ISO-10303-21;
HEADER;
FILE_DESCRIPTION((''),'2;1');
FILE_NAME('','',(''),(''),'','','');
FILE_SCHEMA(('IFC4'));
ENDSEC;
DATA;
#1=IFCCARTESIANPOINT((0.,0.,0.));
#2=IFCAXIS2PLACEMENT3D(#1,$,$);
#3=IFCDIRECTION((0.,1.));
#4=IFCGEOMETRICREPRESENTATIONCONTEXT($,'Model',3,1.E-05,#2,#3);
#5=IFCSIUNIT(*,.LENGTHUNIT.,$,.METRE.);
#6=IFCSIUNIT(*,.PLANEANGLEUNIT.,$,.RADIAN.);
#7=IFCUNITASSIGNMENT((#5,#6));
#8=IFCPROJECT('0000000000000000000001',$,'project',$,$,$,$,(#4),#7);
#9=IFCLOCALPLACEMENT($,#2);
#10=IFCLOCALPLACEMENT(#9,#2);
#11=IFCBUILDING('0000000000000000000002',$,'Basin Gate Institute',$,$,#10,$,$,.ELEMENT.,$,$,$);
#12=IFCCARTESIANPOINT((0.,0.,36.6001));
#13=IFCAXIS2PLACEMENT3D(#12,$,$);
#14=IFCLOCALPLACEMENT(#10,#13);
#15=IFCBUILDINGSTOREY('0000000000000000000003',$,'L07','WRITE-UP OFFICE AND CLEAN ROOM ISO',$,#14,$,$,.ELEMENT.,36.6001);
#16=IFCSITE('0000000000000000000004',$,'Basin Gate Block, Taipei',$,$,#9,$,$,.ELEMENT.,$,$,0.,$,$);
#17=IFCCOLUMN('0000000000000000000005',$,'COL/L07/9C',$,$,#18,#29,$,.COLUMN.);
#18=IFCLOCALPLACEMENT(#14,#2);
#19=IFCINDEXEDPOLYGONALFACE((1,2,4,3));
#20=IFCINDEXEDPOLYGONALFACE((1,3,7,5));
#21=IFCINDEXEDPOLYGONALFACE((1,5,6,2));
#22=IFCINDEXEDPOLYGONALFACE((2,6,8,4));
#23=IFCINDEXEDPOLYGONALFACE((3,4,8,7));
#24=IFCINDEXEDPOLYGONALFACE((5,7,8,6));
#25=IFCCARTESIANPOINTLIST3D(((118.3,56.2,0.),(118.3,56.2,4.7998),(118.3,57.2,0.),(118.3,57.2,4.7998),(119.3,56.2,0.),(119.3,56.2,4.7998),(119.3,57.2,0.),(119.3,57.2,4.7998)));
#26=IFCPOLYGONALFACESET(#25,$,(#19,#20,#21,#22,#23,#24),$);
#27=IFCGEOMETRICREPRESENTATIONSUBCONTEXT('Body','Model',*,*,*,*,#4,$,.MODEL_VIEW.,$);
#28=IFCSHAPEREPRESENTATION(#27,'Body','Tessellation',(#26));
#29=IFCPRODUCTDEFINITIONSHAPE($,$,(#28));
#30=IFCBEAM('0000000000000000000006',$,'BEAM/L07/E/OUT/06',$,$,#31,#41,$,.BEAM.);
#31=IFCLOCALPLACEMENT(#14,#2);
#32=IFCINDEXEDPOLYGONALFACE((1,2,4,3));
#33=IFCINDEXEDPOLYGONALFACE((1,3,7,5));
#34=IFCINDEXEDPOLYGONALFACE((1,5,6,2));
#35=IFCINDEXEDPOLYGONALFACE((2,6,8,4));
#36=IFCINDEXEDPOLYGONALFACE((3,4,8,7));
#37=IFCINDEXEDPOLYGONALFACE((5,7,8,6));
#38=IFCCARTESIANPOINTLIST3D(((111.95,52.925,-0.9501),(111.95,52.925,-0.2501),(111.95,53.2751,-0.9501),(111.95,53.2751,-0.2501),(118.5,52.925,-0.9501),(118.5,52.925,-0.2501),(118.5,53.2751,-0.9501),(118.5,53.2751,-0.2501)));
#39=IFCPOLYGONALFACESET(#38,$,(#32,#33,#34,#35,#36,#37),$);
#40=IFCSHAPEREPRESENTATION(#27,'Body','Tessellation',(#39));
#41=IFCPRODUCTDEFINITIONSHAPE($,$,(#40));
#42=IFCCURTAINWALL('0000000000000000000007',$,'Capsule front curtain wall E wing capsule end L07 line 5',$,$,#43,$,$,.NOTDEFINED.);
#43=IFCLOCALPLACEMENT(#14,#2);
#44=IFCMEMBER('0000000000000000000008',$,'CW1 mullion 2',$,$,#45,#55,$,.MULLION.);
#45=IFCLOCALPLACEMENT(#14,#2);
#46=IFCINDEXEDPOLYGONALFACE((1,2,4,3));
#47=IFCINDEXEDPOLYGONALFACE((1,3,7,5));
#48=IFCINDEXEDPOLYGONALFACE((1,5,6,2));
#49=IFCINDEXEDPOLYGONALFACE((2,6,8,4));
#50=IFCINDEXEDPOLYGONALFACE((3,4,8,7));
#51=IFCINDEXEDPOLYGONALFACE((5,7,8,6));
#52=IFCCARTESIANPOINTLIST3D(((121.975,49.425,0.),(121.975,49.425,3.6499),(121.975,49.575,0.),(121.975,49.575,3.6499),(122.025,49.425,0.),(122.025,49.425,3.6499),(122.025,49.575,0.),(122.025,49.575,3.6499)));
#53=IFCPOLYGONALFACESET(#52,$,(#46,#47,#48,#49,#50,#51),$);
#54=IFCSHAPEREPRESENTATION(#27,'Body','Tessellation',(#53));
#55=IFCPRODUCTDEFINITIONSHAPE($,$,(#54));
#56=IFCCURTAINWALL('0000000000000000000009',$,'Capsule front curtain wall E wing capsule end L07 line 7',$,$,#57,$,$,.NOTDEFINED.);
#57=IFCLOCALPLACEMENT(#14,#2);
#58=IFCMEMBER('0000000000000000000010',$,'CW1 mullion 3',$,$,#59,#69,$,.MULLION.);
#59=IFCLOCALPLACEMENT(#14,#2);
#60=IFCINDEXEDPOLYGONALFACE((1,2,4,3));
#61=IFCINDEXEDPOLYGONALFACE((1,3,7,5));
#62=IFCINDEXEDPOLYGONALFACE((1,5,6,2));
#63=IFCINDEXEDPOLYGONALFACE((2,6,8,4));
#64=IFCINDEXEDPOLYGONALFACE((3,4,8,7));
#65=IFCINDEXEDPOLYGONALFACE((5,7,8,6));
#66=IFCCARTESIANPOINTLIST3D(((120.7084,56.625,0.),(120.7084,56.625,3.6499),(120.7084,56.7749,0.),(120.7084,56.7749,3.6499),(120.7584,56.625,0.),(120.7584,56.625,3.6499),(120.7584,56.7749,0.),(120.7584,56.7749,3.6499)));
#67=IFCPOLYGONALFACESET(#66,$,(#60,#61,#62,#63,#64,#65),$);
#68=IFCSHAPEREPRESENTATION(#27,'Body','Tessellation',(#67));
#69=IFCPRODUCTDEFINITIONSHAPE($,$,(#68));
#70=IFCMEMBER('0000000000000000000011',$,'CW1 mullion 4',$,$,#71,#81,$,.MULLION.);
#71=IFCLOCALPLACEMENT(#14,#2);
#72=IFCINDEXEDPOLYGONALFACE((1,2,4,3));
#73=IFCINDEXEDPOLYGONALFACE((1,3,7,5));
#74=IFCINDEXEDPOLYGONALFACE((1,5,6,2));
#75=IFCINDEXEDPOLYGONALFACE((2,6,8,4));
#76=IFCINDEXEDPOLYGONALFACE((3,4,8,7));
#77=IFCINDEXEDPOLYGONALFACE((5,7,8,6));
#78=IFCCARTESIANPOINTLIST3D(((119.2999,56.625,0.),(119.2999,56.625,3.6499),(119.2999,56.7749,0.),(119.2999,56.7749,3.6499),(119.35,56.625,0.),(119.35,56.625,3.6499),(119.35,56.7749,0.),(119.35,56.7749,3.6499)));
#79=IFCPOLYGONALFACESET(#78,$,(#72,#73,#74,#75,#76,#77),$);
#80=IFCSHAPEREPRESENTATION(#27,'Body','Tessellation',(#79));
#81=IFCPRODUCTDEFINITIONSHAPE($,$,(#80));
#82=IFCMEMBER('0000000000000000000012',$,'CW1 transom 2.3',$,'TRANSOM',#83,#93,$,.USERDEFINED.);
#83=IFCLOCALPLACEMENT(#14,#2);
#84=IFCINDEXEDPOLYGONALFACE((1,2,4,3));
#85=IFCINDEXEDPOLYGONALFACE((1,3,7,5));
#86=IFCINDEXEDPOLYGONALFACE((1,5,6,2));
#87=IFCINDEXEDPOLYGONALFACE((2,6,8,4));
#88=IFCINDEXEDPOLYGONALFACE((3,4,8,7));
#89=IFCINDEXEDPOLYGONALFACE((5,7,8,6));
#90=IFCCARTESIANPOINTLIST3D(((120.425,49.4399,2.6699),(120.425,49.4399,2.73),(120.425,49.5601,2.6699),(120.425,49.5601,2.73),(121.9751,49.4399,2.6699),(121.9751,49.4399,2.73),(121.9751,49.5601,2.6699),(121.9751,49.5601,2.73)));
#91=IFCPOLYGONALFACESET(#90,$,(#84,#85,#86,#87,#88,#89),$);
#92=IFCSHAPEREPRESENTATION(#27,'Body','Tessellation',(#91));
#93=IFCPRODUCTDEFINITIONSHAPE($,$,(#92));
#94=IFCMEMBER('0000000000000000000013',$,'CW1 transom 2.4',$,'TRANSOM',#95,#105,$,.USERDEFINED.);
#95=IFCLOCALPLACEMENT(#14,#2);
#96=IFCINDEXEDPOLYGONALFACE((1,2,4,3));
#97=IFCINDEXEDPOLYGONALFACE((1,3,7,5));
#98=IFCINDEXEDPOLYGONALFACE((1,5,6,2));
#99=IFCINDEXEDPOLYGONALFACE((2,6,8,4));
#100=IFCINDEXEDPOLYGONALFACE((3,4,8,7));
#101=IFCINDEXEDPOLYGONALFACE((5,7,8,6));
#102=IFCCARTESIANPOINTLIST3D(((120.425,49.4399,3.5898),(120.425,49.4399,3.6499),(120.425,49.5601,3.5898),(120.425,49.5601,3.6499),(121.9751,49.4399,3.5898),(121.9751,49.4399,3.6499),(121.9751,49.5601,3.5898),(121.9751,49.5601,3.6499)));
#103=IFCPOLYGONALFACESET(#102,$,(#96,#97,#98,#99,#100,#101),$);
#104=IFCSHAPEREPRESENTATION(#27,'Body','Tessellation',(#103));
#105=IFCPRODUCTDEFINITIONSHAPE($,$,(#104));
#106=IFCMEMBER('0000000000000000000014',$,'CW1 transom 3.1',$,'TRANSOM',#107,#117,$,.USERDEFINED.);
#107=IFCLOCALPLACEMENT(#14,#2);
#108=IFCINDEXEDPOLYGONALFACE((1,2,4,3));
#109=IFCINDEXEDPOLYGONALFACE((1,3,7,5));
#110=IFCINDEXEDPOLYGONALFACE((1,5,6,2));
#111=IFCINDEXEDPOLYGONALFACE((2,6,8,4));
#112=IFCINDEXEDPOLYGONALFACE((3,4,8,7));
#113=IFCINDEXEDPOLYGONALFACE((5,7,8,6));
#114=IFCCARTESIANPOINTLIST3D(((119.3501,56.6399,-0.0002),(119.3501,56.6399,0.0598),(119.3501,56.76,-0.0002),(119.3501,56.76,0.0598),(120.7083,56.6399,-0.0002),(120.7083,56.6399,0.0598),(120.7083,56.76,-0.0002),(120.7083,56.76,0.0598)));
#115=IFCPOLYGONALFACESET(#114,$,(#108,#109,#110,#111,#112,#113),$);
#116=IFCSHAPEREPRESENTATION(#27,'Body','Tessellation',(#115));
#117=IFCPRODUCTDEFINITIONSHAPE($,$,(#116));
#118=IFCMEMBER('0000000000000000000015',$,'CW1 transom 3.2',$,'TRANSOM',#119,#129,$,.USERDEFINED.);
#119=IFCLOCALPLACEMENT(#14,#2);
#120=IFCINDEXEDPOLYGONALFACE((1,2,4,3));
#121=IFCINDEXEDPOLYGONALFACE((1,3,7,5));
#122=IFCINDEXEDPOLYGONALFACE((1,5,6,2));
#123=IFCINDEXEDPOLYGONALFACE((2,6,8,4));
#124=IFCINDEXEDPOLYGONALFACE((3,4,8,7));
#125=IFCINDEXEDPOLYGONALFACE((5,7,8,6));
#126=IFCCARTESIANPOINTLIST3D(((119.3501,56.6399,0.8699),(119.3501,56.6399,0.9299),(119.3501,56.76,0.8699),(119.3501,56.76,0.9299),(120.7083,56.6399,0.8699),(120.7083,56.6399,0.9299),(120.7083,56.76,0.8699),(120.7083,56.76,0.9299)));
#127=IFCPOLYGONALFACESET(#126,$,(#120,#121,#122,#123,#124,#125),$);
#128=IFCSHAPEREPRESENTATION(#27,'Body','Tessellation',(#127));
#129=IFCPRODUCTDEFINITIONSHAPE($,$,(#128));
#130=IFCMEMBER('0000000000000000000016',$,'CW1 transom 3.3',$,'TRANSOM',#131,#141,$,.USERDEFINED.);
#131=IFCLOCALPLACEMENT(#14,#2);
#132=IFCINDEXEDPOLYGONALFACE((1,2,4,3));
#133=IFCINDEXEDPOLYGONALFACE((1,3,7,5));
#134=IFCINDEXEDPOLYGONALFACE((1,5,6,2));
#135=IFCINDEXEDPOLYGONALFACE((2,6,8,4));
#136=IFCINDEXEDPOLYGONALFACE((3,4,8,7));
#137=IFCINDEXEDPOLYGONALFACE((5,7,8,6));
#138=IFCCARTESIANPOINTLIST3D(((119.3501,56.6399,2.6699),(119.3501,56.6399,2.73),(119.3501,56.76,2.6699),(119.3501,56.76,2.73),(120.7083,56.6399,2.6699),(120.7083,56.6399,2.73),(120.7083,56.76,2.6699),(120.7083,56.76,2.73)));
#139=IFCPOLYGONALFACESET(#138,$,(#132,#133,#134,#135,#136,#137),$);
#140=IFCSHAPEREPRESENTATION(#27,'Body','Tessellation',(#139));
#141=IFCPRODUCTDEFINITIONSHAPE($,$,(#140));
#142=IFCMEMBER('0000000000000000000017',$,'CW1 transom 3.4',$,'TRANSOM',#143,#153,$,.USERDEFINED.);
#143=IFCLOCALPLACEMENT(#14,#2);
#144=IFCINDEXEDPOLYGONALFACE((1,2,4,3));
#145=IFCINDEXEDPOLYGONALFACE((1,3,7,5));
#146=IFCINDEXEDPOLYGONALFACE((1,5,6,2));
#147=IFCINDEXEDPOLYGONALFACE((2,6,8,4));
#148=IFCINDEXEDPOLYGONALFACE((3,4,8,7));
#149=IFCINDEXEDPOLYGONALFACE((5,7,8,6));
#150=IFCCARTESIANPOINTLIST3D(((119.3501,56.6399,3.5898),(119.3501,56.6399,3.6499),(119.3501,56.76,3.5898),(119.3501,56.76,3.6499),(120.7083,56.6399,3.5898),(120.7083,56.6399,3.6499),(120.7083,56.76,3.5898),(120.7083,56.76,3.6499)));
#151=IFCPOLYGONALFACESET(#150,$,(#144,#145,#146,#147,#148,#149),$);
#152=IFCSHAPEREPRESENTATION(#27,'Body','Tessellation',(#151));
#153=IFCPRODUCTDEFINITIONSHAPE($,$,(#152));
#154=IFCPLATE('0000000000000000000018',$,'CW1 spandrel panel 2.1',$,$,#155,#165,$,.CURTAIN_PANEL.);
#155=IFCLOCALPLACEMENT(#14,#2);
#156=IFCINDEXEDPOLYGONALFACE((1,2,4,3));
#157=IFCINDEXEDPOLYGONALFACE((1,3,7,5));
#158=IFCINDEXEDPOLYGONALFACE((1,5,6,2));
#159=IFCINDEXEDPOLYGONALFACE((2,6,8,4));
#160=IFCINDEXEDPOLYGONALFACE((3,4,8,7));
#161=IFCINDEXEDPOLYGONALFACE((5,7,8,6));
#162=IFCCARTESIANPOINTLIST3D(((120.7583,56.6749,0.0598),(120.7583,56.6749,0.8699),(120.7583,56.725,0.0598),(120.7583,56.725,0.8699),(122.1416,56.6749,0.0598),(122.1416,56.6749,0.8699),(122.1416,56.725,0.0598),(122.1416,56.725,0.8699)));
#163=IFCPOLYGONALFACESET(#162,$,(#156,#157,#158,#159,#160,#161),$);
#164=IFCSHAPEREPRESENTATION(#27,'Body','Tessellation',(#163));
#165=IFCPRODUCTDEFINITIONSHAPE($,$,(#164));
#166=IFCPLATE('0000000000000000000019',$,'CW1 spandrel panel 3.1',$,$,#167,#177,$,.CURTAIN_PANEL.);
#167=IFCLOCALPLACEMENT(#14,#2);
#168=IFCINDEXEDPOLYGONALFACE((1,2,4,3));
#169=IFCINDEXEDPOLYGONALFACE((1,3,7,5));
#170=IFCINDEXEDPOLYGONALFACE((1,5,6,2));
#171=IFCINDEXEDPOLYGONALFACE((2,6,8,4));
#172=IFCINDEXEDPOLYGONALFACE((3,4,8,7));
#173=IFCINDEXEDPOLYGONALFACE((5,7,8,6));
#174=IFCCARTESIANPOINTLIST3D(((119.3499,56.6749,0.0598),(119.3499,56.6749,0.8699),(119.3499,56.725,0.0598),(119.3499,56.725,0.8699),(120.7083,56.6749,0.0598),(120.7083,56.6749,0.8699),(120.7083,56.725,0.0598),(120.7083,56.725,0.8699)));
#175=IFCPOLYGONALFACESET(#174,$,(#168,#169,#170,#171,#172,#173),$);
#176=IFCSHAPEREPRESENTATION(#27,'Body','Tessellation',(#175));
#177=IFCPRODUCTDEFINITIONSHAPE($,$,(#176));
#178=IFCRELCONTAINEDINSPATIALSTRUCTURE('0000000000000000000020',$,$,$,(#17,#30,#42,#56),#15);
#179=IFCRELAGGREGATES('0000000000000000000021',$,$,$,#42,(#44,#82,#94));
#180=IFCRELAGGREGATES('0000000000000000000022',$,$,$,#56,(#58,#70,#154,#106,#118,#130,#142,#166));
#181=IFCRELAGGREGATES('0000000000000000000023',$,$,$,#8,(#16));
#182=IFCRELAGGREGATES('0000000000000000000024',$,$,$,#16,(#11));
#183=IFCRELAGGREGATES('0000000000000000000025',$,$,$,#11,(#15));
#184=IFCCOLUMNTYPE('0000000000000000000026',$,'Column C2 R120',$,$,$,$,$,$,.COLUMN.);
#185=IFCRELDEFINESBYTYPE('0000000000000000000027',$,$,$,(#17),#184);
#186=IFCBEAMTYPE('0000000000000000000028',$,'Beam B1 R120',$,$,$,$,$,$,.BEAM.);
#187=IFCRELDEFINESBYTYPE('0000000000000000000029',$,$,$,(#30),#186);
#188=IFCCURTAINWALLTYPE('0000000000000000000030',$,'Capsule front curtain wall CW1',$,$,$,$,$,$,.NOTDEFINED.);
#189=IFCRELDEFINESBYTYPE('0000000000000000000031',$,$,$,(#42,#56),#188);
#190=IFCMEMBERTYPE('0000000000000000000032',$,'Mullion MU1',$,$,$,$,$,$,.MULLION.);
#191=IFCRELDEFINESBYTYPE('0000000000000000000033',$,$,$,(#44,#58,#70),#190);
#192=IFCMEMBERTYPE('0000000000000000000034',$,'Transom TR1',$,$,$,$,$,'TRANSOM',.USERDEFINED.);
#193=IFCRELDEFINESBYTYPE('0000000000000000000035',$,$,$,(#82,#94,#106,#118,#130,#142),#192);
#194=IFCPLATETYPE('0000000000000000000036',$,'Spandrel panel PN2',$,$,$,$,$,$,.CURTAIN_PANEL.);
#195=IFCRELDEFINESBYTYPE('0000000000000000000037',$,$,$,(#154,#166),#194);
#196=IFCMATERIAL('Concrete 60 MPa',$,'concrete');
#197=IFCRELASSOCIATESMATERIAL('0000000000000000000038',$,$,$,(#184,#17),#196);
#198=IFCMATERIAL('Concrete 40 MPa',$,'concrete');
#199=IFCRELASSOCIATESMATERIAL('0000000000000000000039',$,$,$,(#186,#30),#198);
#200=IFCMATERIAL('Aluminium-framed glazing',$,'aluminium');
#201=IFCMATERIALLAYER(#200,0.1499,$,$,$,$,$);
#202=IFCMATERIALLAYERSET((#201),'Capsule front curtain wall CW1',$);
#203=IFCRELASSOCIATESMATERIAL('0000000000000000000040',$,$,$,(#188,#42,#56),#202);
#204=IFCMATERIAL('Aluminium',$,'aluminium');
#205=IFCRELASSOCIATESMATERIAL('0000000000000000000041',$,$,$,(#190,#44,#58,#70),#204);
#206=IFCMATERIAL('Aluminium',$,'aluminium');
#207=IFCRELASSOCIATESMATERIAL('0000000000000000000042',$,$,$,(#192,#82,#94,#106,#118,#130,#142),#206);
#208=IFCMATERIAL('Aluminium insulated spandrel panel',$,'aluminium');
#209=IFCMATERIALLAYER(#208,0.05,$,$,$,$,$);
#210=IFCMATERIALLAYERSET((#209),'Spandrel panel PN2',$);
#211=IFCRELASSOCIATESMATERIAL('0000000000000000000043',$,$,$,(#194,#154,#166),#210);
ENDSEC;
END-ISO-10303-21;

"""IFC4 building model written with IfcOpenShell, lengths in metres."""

from ifc_helpers import new_model, si_unit, direction, frame, origin, origin_2d, place, context, subcontext, project, spatial, rectangle, extrude, material, layer, layer_set, material_profile, profile_set, type_object, element, aggregate, save


model = new_model("IFC4")

# Units and contexts
model_context = context("Model", 3, precision=1e-05, world=origin(), true_north=direction((0.0, 1.0)))
body_context = subcontext(model_context, "Body", "Model", "MODEL_VIEW")
ifc_project = project(units=[si_unit("LENGTHUNIT", "METRE"), si_unit("PLANEANGLEUNIT", "RADIAN")], contexts=[model_context])

# Site, building, storey
site_placement = place(None, origin())
site = spatial("IfcSite", under=ifc_project, at=site_placement, Name="Basin Gate Block, Taipei", CompositionType="ELEMENT", RefElevation=0.0)
building_placement = place(site_placement, origin())
building = spatial("IfcBuilding", under=site, at=building_placement, Name="Basin Gate Institute", CompositionType="ELEMENT")
storey_placement = place(building_placement, frame((0.0, 0.0, 36.6001)))
storey = spatial("IfcBuildingStorey", under=building, at=storey_placement, Name="L07", Description="WRITE-UP OFFICE AND CLEAN ROOM ISO", CompositionType="ELEMENT", Elevation=36.6001)

# Column
ifc_material_1 = material(Name="Concrete 60 MPa", Category="concrete")
ifc_material_profile_1 = material_profile(ifc_material_1, rectangle(XDim=1.0, YDim=1.0, at=origin_2d()), Name="Column C2 1000 x 1000")
ifc_profile_set_1 = profile_set([ifc_material_profile_1], Name="Concrete 60 MPa")
column_type = type_object("IfcColumnType", Name="Column C2 R120", PredefinedType="COLUMN", material=ifc_profile_set_1)
column_placement = place(storey_placement, frame((118.8, 56.7, 0.0), z_axis=(0.0, 0.0, 1.0), x_axis=(1.0, 0.0, 0.0)))
element("IfcColumn", 1, at=column_placement, inside=storey, type_object=column_type, material=ifc_profile_set_1, Name="COL/L07/9C", PredefinedType="COLUMN", context=body_context, shape_type="SweptSolid", body=[
    extrude(rectangle(XDim=1.0, YDim=1.0, at=origin_2d()), origin(), (0.0, 0.0, 1.0), 4.7998),
])

# Beam
ifc_material_2 = material(Name="Concrete 40 MPa", Category="concrete")
ifc_material_profile_2 = material_profile(ifc_material_2, rectangle(XDim=0.3501, YDim=0.7, at=origin_2d()), Name="Beam B1 350 x 700")
ifc_profile_set_2 = profile_set([ifc_material_profile_2], Name="Concrete 40 MPa")
beam_type = type_object("IfcBeamType", Name="Beam B1 R120", PredefinedType="BEAM", material=ifc_profile_set_2)
beam_placement = place(storey_placement, frame((118.5, 53.1001, -0.6001), z_axis=(-1.0, 0.0, 0.0), x_axis=(0.0, -1.0, 0.0)))
element("IfcBeam", 2, at=beam_placement, inside=storey, type_object=beam_type, material=ifc_profile_set_2, Name="BEAM/L07/E/OUT/06", PredefinedType="BEAM", context=body_context, shape_type="SweptSolid", body=[
    extrude(rectangle(XDim=0.3501, YDim=0.7, at=origin_2d()), origin(), (0.0, 0.0, 1.0), 6.55),
])

# Curtain wall, member
ifc_material_3 = material(Name="Aluminium-framed glazing", Category="aluminium")
ifc_layer_1 = layer(ifc_material_3, 0.1499)
ifc_layer_set_1 = layer_set([ifc_layer_1], Name="Capsule front curtain wall CW1")
curtain_wall_type = type_object("IfcCurtainWallType", Name="Capsule front curtain wall CW1", PredefinedType="NOTDEFINED", material=ifc_layer_set_1)
curtain_wall_1_placement = place(storey_placement, origin())
curtain_wall_1 = element("IfcCurtainWall", 3, at=curtain_wall_1_placement, inside=storey, type_object=curtain_wall_type, material=ifc_layer_set_1, Name="Capsule front curtain wall E wing capsule end L07 line 5", PredefinedType="NOTDEFINED")
ifc_material_4 = material(Name="Aluminium", Category="aluminium")
ifc_material_profile_3 = material_profile(ifc_material_4, rectangle(XDim=0.1499, YDim=0.05, at=origin_2d()), Name="Mullion MU1 150 x 50")
ifc_profile_set_3 = profile_set([ifc_material_profile_3], Name="Aluminium")
member_type_1 = type_object("IfcMemberType", Name="Mullion MU1", PredefinedType="MULLION", material=ifc_profile_set_3)
member_1_placement = place(storey_placement, frame((122.0, 49.5, 0.0), z_axis=(0.0, 0.0, 1.0), x_axis=(0.0, -1.0, 0.0)))
member_1 = element("IfcMember", 4, at=member_1_placement, type_object=member_type_1, material=ifc_profile_set_3, Name="CW1 mullion 2", PredefinedType="MULLION", context=body_context, shape_type="SweptSolid", body=[
    extrude(rectangle(XDim=0.1499, YDim=0.05, at=origin_2d()), origin(), (0.0, 0.0, 1.0), 3.6499),
])

# Curtain wall, members
curtain_wall_2_placement = place(storey_placement, origin())
curtain_wall_2 = element("IfcCurtainWall", 5, at=curtain_wall_2_placement, inside=storey, type_object=curtain_wall_type, material=ifc_layer_set_1, Name="Capsule front curtain wall E wing capsule end L07 line 7", PredefinedType="NOTDEFINED")
member_2_placement = place(storey_placement, frame((120.7334, 56.7, 0.0), z_axis=(0.0, 0.0, 1.0), x_axis=(0.0, -1.0, 0.0)))
member_2 = element("IfcMember", 6, at=member_2_placement, type_object=member_type_1, material=ifc_profile_set_3, Name="CW1 mullion 3", PredefinedType="MULLION", context=body_context, shape_type="SweptSolid", body=[
    extrude(rectangle(XDim=0.1499, YDim=0.05, at=origin_2d()), origin(), (0.0, 0.0, 1.0), 3.6499),
])
member_3_placement = place(storey_placement, frame((119.325, 56.7, 0.0), z_axis=(0.0, 0.0, 1.0), x_axis=(0.0, -1.0, 0.0)))
member_3 = element("IfcMember", 7, at=member_3_placement, type_object=member_type_1, material=ifc_profile_set_3, Name="CW1 mullion 4", PredefinedType="MULLION", context=body_context, shape_type="SweptSolid", body=[
    extrude(rectangle(XDim=0.1499, YDim=0.05, at=origin_2d()), origin(), (0.0, 0.0, 1.0), 3.6499),
])

# Members
ifc_material_5 = material(Name="Aluminium", Category="aluminium")
ifc_material_profile_4 = material_profile(ifc_material_5, rectangle(XDim=0.1201, YDim=0.0601, at=origin_2d()), Name="Transom TR1 120 x 60")
ifc_profile_set_4 = profile_set([ifc_material_profile_4], Name="Aluminium")
member_type_2 = type_object("IfcMemberType", Name="Transom TR1", ElementType="TRANSOM", PredefinedType="USERDEFINED", material=ifc_profile_set_4)
member_4_placement = place(storey_placement, frame((121.9751, 49.5, 2.7), z_axis=(-1.0, 0.0, 0.0), x_axis=(0.0, -1.0, 0.0)))
member_4 = element("IfcMember", 8, at=member_4_placement, type_object=member_type_2, material=ifc_profile_set_4, Name="CW1 transom 2.3", ObjectType="TRANSOM", PredefinedType="USERDEFINED", context=body_context, shape_type="SweptSolid", body=[
    extrude(rectangle(XDim=0.1201, YDim=0.0601, at=origin_2d()), origin(), (0.0, 0.0, 1.0), 1.55),
])
member_5_placement = place(storey_placement, frame((121.9751, 49.5, 3.6199), z_axis=(-1.0, 0.0, 0.0), x_axis=(0.0, -1.0, 0.0)))
member_5 = element("IfcMember", 9, at=member_5_placement, type_object=member_type_2, material=ifc_profile_set_4, Name="CW1 transom 2.4", ObjectType="TRANSOM", PredefinedType="USERDEFINED", context=body_context, shape_type="SweptSolid", body=[
    extrude(rectangle(XDim=0.1201, YDim=0.0601, at=origin_2d()), origin(), (0.0, 0.0, 1.0), 1.55),
])
aggregate(curtain_wall_1, [member_1, member_4, member_5])
member_6_placement = place(storey_placement, frame((120.7083, 56.7, 0.0298), z_axis=(-1.0, 0.0, 0.0), x_axis=(0.0, -1.0, 0.0)))
member_6 = element("IfcMember", 10, at=member_6_placement, type_object=member_type_2, material=ifc_profile_set_4, Name="CW1 transom 3.1", ObjectType="TRANSOM", PredefinedType="USERDEFINED", context=body_context, shape_type="SweptSolid", body=[
    extrude(rectangle(XDim=0.1201, YDim=0.0601, at=origin_2d()), origin(), (0.0, 0.0, 1.0), 1.3582),
])
member_7_placement = place(storey_placement, frame((120.7083, 56.7, 0.8999), z_axis=(-1.0, 0.0, 0.0), x_axis=(0.0, -1.0, 0.0)))
member_7 = element("IfcMember", 11, at=member_7_placement, type_object=member_type_2, material=ifc_profile_set_4, Name="CW1 transom 3.2", ObjectType="TRANSOM", PredefinedType="USERDEFINED", context=body_context, shape_type="SweptSolid", body=[
    extrude(rectangle(XDim=0.1201, YDim=0.0601, at=origin_2d()), origin(), (0.0, 0.0, 1.0), 1.3582),
])
member_8_placement = place(storey_placement, frame((120.7083, 56.7, 2.7), z_axis=(-1.0, 0.0, 0.0), x_axis=(0.0, -1.0, 0.0)))
member_8 = element("IfcMember", 12, at=member_8_placement, type_object=member_type_2, material=ifc_profile_set_4, Name="CW1 transom 3.3", ObjectType="TRANSOM", PredefinedType="USERDEFINED", context=body_context, shape_type="SweptSolid", body=[
    extrude(rectangle(XDim=0.1201, YDim=0.0601, at=origin_2d()), origin(), (0.0, 0.0, 1.0), 1.3582),
])
member_9_placement = place(storey_placement, frame((120.7083, 56.7, 3.6199), z_axis=(-1.0, 0.0, 0.0), x_axis=(0.0, -1.0, 0.0)))
member_9 = element("IfcMember", 13, at=member_9_placement, type_object=member_type_2, material=ifc_profile_set_4, Name="CW1 transom 3.4", ObjectType="TRANSOM", PredefinedType="USERDEFINED", context=body_context, shape_type="SweptSolid", body=[
    extrude(rectangle(XDim=0.1201, YDim=0.0601, at=origin_2d()), origin(), (0.0, 0.0, 1.0), 1.3582),
])

# Plates
ifc_material_6 = material(Name="Aluminium insulated spandrel panel", Category="aluminium")
ifc_layer_2 = layer(ifc_material_6, 0.05)
ifc_layer_set_2 = layer_set([ifc_layer_2], Name="Spandrel panel PN2")
plate_type_1 = type_object("IfcPlateType", Name="Spandrel panel PN2", PredefinedType="CURTAIN_PANEL", material=ifc_layer_set_2)
plate_1_placement = place(storey_placement, frame((121.45, 56.7, 0.0598), z_axis=(0.0, 0.0, 1.0), x_axis=(-1.0, 0.0, 0.0)))
plate_1 = element("IfcPlate", 14, at=plate_1_placement, type_object=plate_type_1, material=ifc_layer_set_2, Name="CW1 spandrel panel 2.1", PredefinedType="CURTAIN_PANEL", context=body_context, shape_type="SweptSolid", body=[
    extrude(rectangle(XDim=1.3833, YDim=0.05, at=origin_2d()), origin(), (0.0, 0.0, 1.0), 0.8101),
])
plate_2_placement = place(storey_placement, frame((120.0291, 56.7, 0.0598), z_axis=(0.0, 0.0, 1.0), x_axis=(-1.0, 0.0, 0.0)))
plate_2 = element("IfcPlate", 15, at=plate_2_placement, type_object=plate_type_1, material=ifc_layer_set_2, Name="CW1 spandrel panel 3.1", PredefinedType="CURTAIN_PANEL", context=body_context, shape_type="SweptSolid", body=[
    extrude(rectangle(XDim=1.3584, YDim=0.05, at=origin_2d()), origin(), (0.0, 0.0, 1.0), 0.8101),
])
aggregate(curtain_wall_2, [member_2, member_3, plate_1, member_6, member_7, member_8, member_9, plate_2])

save(model, "model.ifc")
